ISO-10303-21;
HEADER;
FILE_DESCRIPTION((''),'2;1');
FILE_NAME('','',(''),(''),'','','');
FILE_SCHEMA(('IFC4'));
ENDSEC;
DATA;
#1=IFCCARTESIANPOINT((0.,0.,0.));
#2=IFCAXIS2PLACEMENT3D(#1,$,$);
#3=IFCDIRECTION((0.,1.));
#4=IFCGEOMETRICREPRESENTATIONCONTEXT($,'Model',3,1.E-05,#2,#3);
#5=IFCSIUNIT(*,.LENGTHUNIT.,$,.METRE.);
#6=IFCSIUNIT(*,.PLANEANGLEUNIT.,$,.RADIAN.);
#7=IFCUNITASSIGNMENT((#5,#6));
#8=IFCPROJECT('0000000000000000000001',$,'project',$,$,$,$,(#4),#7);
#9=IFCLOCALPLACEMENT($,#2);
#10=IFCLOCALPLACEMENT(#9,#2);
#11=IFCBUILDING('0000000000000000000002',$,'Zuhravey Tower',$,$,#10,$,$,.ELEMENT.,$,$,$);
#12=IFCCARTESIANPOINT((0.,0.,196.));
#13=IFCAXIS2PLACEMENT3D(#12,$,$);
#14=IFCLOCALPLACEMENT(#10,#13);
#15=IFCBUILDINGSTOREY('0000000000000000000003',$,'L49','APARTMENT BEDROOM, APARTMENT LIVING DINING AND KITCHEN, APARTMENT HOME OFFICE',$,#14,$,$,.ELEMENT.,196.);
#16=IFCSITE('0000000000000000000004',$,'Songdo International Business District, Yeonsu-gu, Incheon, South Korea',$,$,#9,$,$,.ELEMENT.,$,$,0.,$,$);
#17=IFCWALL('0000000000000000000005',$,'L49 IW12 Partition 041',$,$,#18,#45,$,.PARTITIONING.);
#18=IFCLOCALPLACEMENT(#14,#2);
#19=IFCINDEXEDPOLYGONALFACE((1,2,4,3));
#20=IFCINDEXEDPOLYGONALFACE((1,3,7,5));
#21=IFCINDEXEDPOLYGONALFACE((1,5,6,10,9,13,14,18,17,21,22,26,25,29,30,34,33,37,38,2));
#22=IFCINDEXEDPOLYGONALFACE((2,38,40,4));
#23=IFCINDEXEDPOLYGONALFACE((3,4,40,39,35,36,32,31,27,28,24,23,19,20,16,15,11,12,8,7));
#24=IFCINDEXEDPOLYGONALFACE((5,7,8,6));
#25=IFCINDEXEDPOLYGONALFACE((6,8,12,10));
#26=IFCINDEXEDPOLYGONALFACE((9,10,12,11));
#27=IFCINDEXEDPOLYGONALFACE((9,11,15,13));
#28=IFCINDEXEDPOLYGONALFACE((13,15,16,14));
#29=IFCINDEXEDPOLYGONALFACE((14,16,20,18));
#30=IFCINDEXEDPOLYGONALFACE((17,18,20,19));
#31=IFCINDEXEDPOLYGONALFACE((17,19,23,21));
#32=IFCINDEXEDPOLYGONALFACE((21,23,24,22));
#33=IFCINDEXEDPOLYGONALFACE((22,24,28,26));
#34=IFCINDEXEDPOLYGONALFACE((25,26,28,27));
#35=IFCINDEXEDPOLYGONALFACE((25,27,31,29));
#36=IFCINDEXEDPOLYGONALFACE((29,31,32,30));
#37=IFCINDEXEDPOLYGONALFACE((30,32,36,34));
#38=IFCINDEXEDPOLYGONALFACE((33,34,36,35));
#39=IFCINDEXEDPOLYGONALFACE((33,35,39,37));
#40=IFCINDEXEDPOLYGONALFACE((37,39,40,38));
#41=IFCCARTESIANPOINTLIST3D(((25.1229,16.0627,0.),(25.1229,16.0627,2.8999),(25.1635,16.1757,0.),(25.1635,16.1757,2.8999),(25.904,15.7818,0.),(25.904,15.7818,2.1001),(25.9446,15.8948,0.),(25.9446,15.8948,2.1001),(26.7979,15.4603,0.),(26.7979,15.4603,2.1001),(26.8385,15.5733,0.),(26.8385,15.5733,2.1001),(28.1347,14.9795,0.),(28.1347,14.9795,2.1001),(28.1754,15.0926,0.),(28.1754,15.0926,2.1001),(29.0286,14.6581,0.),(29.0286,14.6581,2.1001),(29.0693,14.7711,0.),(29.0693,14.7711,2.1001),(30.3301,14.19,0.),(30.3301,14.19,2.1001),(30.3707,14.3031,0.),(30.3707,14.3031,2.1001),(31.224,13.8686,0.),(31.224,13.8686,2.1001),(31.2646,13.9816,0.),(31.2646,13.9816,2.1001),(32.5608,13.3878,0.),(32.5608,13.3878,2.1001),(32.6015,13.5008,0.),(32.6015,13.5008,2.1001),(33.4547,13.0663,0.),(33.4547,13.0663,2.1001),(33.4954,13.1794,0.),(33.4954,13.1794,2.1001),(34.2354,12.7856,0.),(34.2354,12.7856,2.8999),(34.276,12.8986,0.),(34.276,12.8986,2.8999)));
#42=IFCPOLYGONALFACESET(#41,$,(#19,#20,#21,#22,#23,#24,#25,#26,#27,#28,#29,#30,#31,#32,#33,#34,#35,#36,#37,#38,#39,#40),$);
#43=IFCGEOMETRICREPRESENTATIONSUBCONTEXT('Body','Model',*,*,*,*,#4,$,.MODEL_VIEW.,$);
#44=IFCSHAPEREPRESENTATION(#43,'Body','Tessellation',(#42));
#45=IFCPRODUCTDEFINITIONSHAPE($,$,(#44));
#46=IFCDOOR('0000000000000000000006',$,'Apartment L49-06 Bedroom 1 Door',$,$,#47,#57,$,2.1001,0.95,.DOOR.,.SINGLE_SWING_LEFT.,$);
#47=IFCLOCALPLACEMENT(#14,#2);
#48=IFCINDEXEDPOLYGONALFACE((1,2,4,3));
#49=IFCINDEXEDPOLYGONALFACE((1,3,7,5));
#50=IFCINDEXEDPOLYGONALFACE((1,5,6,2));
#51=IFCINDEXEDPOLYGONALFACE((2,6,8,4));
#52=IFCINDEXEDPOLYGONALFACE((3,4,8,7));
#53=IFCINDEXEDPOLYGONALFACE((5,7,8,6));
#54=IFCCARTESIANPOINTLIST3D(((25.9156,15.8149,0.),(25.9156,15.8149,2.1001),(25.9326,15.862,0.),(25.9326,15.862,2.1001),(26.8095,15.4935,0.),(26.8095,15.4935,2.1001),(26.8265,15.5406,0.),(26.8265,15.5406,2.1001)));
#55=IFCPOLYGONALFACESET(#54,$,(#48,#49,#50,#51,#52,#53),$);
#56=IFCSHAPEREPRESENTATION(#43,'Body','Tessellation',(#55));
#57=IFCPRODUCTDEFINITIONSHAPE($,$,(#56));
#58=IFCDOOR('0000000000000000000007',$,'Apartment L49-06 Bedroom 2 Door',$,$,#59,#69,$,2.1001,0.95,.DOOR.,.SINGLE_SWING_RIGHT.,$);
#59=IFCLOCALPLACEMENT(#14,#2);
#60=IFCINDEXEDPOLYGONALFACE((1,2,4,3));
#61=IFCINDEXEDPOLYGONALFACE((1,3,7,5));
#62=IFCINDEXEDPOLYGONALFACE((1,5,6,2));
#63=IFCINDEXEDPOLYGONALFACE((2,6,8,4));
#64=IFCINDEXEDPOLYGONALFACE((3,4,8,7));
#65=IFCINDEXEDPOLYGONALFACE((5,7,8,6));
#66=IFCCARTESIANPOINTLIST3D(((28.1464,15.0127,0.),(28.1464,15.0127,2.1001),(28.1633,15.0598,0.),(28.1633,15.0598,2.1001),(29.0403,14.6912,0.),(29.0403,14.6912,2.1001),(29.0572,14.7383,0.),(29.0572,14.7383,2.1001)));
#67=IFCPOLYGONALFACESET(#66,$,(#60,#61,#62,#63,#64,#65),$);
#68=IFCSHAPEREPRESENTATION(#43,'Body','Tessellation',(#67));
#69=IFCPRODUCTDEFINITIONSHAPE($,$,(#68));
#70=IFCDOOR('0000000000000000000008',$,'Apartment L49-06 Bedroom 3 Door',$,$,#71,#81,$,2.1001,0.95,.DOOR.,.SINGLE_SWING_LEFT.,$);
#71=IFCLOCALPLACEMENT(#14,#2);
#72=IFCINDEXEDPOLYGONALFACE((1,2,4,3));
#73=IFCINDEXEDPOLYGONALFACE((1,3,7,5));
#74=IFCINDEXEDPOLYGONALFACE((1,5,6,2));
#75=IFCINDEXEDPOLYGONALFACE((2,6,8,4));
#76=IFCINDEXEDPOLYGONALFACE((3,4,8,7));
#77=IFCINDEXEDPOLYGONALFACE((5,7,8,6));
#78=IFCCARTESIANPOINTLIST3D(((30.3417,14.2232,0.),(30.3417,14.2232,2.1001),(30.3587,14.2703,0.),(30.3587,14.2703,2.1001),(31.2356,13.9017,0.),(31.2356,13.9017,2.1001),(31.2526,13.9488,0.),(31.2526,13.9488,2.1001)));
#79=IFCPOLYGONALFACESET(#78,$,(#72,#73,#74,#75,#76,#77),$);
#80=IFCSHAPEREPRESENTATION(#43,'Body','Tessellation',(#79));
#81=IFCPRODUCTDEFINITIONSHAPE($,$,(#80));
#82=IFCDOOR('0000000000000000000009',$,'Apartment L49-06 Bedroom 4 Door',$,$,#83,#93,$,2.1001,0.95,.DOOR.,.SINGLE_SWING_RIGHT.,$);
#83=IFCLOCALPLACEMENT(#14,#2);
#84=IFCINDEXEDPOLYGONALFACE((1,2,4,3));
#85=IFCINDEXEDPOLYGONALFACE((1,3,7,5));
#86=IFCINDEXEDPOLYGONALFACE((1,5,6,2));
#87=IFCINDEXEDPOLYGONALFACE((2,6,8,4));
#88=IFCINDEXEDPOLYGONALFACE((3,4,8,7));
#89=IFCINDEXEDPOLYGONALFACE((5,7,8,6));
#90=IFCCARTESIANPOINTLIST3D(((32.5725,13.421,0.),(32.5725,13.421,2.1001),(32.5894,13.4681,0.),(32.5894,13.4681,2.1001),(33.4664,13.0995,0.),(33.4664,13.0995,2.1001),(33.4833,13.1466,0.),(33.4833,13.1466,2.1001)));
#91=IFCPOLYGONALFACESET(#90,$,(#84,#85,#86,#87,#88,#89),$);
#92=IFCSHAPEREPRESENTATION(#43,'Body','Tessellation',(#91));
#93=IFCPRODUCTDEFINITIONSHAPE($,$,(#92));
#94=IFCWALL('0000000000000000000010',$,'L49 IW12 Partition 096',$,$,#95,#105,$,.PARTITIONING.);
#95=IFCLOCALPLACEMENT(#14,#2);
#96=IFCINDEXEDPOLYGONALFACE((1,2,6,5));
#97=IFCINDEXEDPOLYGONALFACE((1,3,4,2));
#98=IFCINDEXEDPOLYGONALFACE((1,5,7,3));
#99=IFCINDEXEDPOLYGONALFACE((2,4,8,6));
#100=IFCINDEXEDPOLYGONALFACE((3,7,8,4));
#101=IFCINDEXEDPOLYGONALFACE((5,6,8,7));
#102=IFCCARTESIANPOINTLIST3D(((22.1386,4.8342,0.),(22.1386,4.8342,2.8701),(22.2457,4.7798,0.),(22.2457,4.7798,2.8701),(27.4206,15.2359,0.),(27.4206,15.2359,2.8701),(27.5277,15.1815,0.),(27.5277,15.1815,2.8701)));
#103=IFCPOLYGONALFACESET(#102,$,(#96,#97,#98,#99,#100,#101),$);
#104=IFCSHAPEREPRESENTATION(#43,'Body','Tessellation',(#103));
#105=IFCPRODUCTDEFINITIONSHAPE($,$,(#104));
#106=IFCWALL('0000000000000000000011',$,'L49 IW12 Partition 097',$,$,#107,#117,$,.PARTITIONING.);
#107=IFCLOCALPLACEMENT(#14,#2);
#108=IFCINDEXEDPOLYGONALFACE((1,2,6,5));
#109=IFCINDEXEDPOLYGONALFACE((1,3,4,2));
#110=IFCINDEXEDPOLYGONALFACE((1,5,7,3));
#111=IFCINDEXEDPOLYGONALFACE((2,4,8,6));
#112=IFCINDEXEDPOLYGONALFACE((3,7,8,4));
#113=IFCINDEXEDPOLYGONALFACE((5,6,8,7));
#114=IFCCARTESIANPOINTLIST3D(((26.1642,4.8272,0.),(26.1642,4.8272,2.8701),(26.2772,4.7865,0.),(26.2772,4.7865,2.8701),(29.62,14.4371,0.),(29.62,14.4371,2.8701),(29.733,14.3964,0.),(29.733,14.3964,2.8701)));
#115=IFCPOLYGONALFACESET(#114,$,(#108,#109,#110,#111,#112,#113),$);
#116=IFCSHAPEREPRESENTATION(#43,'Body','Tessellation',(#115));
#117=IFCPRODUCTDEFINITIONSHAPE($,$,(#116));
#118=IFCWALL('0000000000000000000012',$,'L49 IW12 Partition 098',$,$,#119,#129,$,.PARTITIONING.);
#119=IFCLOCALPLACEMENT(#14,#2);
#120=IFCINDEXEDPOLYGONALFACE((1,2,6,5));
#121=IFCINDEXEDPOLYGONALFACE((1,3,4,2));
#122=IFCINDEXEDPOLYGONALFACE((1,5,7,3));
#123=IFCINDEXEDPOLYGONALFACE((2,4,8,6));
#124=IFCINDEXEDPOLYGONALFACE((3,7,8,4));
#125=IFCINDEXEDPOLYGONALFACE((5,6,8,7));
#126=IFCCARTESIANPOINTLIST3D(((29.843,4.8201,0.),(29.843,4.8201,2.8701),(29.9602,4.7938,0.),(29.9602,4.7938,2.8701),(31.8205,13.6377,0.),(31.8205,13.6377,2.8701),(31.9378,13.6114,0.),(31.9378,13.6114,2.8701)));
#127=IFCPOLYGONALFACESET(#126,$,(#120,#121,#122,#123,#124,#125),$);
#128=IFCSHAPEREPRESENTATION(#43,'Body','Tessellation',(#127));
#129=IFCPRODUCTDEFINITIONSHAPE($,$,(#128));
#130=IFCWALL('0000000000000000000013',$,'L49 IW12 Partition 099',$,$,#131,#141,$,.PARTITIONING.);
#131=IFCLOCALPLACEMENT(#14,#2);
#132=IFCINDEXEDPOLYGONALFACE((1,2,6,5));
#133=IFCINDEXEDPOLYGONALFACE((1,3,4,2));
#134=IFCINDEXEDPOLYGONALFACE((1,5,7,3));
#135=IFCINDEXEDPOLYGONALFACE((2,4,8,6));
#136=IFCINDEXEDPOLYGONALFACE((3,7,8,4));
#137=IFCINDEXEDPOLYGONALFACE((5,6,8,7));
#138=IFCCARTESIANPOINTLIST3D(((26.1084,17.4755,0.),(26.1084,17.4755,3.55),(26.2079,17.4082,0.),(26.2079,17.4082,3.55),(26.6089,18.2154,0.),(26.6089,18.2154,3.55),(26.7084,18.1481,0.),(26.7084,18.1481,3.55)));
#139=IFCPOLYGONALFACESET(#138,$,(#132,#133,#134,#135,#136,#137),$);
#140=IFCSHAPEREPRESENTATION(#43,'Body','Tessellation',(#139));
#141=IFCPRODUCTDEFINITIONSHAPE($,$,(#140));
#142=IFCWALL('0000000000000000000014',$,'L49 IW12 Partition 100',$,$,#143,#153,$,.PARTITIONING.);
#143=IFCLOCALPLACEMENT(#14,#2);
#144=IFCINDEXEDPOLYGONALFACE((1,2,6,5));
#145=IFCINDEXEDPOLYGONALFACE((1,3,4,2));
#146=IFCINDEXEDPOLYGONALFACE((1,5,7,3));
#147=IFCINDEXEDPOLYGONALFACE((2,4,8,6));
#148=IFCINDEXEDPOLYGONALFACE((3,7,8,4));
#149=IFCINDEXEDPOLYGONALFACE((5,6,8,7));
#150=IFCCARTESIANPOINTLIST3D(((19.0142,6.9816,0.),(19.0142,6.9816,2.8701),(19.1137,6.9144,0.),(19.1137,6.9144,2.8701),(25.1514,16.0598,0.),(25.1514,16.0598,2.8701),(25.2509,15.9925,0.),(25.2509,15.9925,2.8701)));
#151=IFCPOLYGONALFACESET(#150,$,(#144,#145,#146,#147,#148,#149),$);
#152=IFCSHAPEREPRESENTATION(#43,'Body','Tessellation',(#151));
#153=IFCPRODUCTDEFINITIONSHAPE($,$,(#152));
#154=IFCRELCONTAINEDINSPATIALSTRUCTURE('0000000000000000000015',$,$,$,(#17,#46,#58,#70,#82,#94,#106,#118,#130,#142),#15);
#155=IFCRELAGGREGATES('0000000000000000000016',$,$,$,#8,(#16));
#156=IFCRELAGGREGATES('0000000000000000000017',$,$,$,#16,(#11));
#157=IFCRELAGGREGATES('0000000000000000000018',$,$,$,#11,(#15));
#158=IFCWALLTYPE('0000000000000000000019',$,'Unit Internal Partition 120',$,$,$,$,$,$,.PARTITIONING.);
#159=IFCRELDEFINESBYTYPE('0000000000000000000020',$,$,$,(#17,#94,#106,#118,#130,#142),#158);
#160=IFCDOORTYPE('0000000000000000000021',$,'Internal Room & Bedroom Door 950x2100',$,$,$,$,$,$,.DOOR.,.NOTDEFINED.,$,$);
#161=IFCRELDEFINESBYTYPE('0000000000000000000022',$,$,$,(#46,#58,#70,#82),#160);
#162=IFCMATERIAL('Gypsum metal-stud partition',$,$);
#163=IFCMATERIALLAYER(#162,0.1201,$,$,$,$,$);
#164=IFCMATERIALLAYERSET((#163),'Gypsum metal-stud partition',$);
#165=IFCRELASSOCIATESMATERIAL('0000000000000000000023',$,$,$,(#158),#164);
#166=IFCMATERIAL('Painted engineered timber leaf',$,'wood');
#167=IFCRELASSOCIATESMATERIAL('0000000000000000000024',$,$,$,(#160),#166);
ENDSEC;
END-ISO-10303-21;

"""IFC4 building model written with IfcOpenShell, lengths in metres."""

from ifc_helpers import new_model, si_unit, direction, frame, frame_2d, origin, place, context, subcontext, project, spatial, rectangle, extrude, material, layer, layer_set, type_object, element, fill, save


model = new_model("IFC4")

# Units and contexts
model_context = context("Model", 3, precision=1e-05, world=origin(), true_north=direction((0.0, 1.0)))
body_context = subcontext(model_context, "Body", "Model", "MODEL_VIEW")
ifc_project = project(units=[si_unit("LENGTHUNIT", "METRE"), si_unit("PLANEANGLEUNIT", "RADIAN")], contexts=[model_context])

# Site, building, storey
site_placement = place(None, origin())
site = spatial("IfcSite", under=ifc_project, at=site_placement, Name="Songdo International Business District, Yeonsu-gu, Incheon, South Korea", CompositionType="ELEMENT", RefElevation=0.0)
building_placement = place(site_placement, origin())
building = spatial("IfcBuilding", under=site, at=building_placement, Name="Zuhravey Tower", CompositionType="ELEMENT")
storey_placement = place(building_placement, frame((0.0, 0.0, 196.0)))
storey = spatial("IfcBuildingStorey", under=building, at=storey_placement, Name="L49", Description="APARTMENT BEDROOM, APARTMENT LIVING DINING AND KITCHEN, APARTMENT HOME OFFICE", CompositionType="ELEMENT", Elevation=196.0)

# Wall, openings, doors
ifc_material_1 = material(Name="Gypsum metal-stud partition")
ifc_layer_1 = layer(ifc_material_1, 0.1201)
ifc_layer_set_1 = layer_set([ifc_layer_1], Name="Gypsum metal-stud partition")
wall_type_1 = type_object("IfcWallType", Name="Unit Internal Partition 120", PredefinedType="PARTITIONING", material=ifc_layer_set_1)
ifc_material_2 = material(Name="Painted engineered timber leaf", Category="wood")
door_type_1 = type_object("IfcDoorType", Name="Internal Room & Bedroom Door 950x2100", OperationType="NOTDEFINED", PredefinedType="DOOR", material=ifc_material_2)
wall_1_placement = place(storey_placement, frame((25.1433, 16.1191, 0.0), z_axis=(0.0, 0.0, 1.0), x_axis=(0.941, -0.338407, 0.0)))
wall_1 = element("IfcWall", 1, at=wall_1_placement, inside=storey, type_object=wall_type_1, Name="L49 IW12 Partition 041", PredefinedType="PARTITIONING", context=body_context, shape_type="SweptSolid", body=[
    extrude(rectangle(XDim=9.6838, YDim=0.1201, at=frame_2d((4.8418, 0.0))), origin(), (0.0, 0.0, 1.0), 2.8999),
])
opening_1_placement = place(wall_1_placement, frame((0.8298, 0.0, 0.0)))
opening_1 = element("IfcOpeningElement", 2, at=opening_1_placement, cuts=wall_1, PredefinedType="OPENING", context=body_context, shape_type="SweptSolid", body=[
    extrude(rectangle(XDim=0.95, YDim=2.1001, at=frame_2d((0.4751, 1.05))), frame((0.0, 0.072, 0.0), z_axis=(0.0, -1.0, 0.0), x_axis=(1.0, 0.0, 0.0)), (0.0, 0.0, 1.0), 0.144),
])
opening_2_placement = place(wall_1_placement, frame((3.2004, 0.0, 0.0)))
opening_2 = element("IfcOpeningElement", 3, at=opening_2_placement, cuts=wall_1, PredefinedType="OPENING", context=body_context, shape_type="SweptSolid", body=[
    extrude(rectangle(XDim=0.95, YDim=2.1001, at=frame_2d((0.4751, 1.05))), frame((0.0, 0.072, 0.0), z_axis=(0.0, -1.0, 0.0), x_axis=(1.0, 0.0, 0.0)), (0.0, 0.0, 1.0), 0.144),
])
opening_3_placement = place(wall_1_placement, frame((5.5334, 0.0, 0.0)))
opening_3 = element("IfcOpeningElement", 4, at=opening_3_placement, cuts=wall_1, PredefinedType="OPENING", context=body_context, shape_type="SweptSolid", body=[
    extrude(rectangle(XDim=0.95, YDim=2.1001, at=frame_2d((0.4751, 1.05))), frame((0.0, 0.072, 0.0), z_axis=(0.0, -1.0, 0.0), x_axis=(1.0, 0.0, 0.0)), (0.0, 0.0, 1.0), 0.144),
])
opening_4_placement = place(wall_1_placement, frame((7.9041, 0.0, 0.0)))
opening_4 = element("IfcOpeningElement", 5, at=opening_4_placement, cuts=wall_1, PredefinedType="OPENING", context=body_context, shape_type="SweptSolid", body=[
    extrude(rectangle(XDim=0.95, YDim=2.1001, at=frame_2d((0.4751, 1.05))), frame((0.0, 0.072, 0.0), z_axis=(0.0, -1.0, 0.0), x_axis=(1.0, 0.0, 0.0)), (0.0, 0.0, 1.0), 0.144),
])
door_1_placement = place(opening_1_placement, frame((0.95, 0.0, 0.0), z_axis=(0.0, 0.0, 1.0), x_axis=(-1.0, 0.0, 0.0)))
door_1 = element("IfcDoor", 6, at=door_1_placement, inside=storey, type_object=door_type_1, Name="Apartment L49-06 Bedroom 1 Door", OperationType="SINGLE_SWING_LEFT", OverallHeight=2.1001, OverallWidth=0.95, PredefinedType="DOOR", context=body_context, shape_type="SweptSolid", body=[
    extrude(rectangle(XDim=0.95, YDim=2.1001, at=frame_2d((0.4751, 1.05))), frame((0.0, 0.0249, 0.0), z_axis=(0.0, -1.0, 0.0), x_axis=(1.0, 0.0, 0.0)), (0.0, 0.0, 1.0), 0.05),
])
fill(opening_1, door_1)
door_2_placement = place(opening_2_placement, frame((0.95, 0.0, 0.0), z_axis=(0.0, 0.0, 1.0), x_axis=(-1.0, 0.0, 0.0)))
door_2 = element("IfcDoor", 7, at=door_2_placement, inside=storey, type_object=door_type_1, Name="Apartment L49-06 Bedroom 2 Door", OperationType="SINGLE_SWING_RIGHT", OverallHeight=2.1001, OverallWidth=0.95, PredefinedType="DOOR", context=body_context, shape_type="SweptSolid", body=[
    extrude(rectangle(XDim=0.95, YDim=2.1001, at=frame_2d((0.4751, 1.05))), frame((0.0, 0.0249, 0.0), z_axis=(0.0, -1.0, 0.0), x_axis=(1.0, 0.0, 0.0)), (0.0, 0.0, 1.0), 0.05),
])
fill(opening_2, door_2)
door_3_placement = place(opening_3_placement, frame((0.95, 0.0, 0.0), z_axis=(0.0, 0.0, 1.0), x_axis=(-1.0, 0.0, 0.0)))
door_3 = element("IfcDoor", 8, at=door_3_placement, inside=storey, type_object=door_type_1, Name="Apartment L49-06 Bedroom 3 Door", OperationType="SINGLE_SWING_LEFT", OverallHeight=2.1001, OverallWidth=0.95, PredefinedType="DOOR", context=body_context, shape_type="SweptSolid", body=[
    extrude(rectangle(XDim=0.95, YDim=2.1001, at=frame_2d((0.4751, 1.05))), frame((0.0, 0.0249, 0.0), z_axis=(0.0, -1.0, 0.0), x_axis=(1.0, 0.0, 0.0)), (0.0, 0.0, 1.0), 0.05),
])
fill(opening_3, door_3)
door_4_placement = place(opening_4_placement, frame((0.95, 0.0, 0.0), z_axis=(0.0, 0.0, 1.0), x_axis=(-1.0, 0.0, 0.0)))
door_4 = element("IfcDoor", 9, at=door_4_placement, inside=storey, type_object=door_type_1, Name="Apartment L49-06 Bedroom 4 Door", OperationType="SINGLE_SWING_RIGHT", OverallHeight=2.1001, OverallWidth=0.95, PredefinedType="DOOR", context=body_context, shape_type="SweptSolid", body=[
    extrude(rectangle(XDim=0.95, YDim=2.1001, at=frame_2d((0.4751, 1.05))), frame((0.0, 0.0249, 0.0), z_axis=(0.0, -1.0, 0.0), x_axis=(1.0, 0.0, 0.0)), (0.0, 0.0, 1.0), 0.05),
])
fill(opening_4, door_4)

# Walls
wall_2_placement = place(storey_placement, frame((27.4741, 15.2087, 0.0), z_axis=(0.0, 0.0, 1.0), x_axis=(-0.452763, -0.891631, 0.0)))
element("IfcWall", 10, at=wall_2_placement, inside=storey, type_object=wall_type_1, Name="L49 IW12 Partition 096", PredefinedType="PARTITIONING", context=body_context, shape_type="SweptSolid", body=[
    extrude(rectangle(XDim=11.666, YDim=0.1201, at=frame_2d((5.833, 0.0))), origin(), (0.0, 0.0, 1.0), 2.8701),
])
wall_3_placement = place(storey_placement, frame((29.6765, 14.4167, 0.0), z_axis=(0.0, 0.0, 1.0), x_axis=(-0.338395, -0.941004, 0.0)))
element("IfcWall", 11, at=wall_3_placement, inside=storey, type_object=wall_type_1, Name="L49 IW12 Partition 097", PredefinedType="PARTITIONING", context=body_context, shape_type="SweptSolid", body=[
    extrude(rectangle(XDim=10.2124, YDim=0.1201, at=frame_2d((5.1062, 0.0))), origin(), (0.0, 0.0, 1.0), 2.8701),
])
wall_4_placement = place(storey_placement, frame((31.8792, 13.6245, 0.0), z_axis=(0.0, 0.0, 1.0), x_axis=(-0.218835, -0.975762, 0.0)))
element("IfcWall", 12, at=wall_4_placement, inside=storey, type_object=wall_type_1, Name="L49 IW12 Partition 098", PredefinedType="PARTITIONING", context=body_context, shape_type="SweptSolid", body=[
    extrude(rectangle(XDim=9.0366, YDim=0.1201, at=frame_2d((4.5183, 0.0))), origin(), (0.0, 0.0, 1.0), 2.8701),
])
wall_5_placement = place(storey_placement, frame((26.6587, 18.1819, 0.0), z_axis=(0.0, 0.0, 1.0), x_axis=(-0.560238, -0.828332, 0.0)))
element("IfcWall", 13, at=wall_5_placement, inside=storey, type_object=wall_type_1, Name="L49 IW12 Partition 099", PredefinedType="PARTITIONING", context=body_context, shape_type="SweptSolid", body=[
    extrude(rectangle(XDim=0.8933, YDim=0.1201, at=frame_2d((0.4468, 0.0))), origin(), (0.0, 0.0, 1.0), 3.55),
])
wall_6_placement = place(storey_placement, frame((25.2012, 16.0261, 0.0), z_axis=(0.0, 0.0, 1.0), x_axis=(-0.560067, -0.828448, 0.0)))
element("IfcWall", 14, at=wall_6_placement, inside=storey, type_object=wall_type_1, Name="L49 IW12 Partition 100", PredefinedType="PARTITIONING", context=body_context, shape_type="SweptSolid", body=[
    extrude(rectangle(XDim=10.958, YDim=0.1201, at=frame_2d((5.479, 0.0))), origin(), (0.0, 0.0, 1.0), 2.8701),
])

save(model, "model.ifc")
